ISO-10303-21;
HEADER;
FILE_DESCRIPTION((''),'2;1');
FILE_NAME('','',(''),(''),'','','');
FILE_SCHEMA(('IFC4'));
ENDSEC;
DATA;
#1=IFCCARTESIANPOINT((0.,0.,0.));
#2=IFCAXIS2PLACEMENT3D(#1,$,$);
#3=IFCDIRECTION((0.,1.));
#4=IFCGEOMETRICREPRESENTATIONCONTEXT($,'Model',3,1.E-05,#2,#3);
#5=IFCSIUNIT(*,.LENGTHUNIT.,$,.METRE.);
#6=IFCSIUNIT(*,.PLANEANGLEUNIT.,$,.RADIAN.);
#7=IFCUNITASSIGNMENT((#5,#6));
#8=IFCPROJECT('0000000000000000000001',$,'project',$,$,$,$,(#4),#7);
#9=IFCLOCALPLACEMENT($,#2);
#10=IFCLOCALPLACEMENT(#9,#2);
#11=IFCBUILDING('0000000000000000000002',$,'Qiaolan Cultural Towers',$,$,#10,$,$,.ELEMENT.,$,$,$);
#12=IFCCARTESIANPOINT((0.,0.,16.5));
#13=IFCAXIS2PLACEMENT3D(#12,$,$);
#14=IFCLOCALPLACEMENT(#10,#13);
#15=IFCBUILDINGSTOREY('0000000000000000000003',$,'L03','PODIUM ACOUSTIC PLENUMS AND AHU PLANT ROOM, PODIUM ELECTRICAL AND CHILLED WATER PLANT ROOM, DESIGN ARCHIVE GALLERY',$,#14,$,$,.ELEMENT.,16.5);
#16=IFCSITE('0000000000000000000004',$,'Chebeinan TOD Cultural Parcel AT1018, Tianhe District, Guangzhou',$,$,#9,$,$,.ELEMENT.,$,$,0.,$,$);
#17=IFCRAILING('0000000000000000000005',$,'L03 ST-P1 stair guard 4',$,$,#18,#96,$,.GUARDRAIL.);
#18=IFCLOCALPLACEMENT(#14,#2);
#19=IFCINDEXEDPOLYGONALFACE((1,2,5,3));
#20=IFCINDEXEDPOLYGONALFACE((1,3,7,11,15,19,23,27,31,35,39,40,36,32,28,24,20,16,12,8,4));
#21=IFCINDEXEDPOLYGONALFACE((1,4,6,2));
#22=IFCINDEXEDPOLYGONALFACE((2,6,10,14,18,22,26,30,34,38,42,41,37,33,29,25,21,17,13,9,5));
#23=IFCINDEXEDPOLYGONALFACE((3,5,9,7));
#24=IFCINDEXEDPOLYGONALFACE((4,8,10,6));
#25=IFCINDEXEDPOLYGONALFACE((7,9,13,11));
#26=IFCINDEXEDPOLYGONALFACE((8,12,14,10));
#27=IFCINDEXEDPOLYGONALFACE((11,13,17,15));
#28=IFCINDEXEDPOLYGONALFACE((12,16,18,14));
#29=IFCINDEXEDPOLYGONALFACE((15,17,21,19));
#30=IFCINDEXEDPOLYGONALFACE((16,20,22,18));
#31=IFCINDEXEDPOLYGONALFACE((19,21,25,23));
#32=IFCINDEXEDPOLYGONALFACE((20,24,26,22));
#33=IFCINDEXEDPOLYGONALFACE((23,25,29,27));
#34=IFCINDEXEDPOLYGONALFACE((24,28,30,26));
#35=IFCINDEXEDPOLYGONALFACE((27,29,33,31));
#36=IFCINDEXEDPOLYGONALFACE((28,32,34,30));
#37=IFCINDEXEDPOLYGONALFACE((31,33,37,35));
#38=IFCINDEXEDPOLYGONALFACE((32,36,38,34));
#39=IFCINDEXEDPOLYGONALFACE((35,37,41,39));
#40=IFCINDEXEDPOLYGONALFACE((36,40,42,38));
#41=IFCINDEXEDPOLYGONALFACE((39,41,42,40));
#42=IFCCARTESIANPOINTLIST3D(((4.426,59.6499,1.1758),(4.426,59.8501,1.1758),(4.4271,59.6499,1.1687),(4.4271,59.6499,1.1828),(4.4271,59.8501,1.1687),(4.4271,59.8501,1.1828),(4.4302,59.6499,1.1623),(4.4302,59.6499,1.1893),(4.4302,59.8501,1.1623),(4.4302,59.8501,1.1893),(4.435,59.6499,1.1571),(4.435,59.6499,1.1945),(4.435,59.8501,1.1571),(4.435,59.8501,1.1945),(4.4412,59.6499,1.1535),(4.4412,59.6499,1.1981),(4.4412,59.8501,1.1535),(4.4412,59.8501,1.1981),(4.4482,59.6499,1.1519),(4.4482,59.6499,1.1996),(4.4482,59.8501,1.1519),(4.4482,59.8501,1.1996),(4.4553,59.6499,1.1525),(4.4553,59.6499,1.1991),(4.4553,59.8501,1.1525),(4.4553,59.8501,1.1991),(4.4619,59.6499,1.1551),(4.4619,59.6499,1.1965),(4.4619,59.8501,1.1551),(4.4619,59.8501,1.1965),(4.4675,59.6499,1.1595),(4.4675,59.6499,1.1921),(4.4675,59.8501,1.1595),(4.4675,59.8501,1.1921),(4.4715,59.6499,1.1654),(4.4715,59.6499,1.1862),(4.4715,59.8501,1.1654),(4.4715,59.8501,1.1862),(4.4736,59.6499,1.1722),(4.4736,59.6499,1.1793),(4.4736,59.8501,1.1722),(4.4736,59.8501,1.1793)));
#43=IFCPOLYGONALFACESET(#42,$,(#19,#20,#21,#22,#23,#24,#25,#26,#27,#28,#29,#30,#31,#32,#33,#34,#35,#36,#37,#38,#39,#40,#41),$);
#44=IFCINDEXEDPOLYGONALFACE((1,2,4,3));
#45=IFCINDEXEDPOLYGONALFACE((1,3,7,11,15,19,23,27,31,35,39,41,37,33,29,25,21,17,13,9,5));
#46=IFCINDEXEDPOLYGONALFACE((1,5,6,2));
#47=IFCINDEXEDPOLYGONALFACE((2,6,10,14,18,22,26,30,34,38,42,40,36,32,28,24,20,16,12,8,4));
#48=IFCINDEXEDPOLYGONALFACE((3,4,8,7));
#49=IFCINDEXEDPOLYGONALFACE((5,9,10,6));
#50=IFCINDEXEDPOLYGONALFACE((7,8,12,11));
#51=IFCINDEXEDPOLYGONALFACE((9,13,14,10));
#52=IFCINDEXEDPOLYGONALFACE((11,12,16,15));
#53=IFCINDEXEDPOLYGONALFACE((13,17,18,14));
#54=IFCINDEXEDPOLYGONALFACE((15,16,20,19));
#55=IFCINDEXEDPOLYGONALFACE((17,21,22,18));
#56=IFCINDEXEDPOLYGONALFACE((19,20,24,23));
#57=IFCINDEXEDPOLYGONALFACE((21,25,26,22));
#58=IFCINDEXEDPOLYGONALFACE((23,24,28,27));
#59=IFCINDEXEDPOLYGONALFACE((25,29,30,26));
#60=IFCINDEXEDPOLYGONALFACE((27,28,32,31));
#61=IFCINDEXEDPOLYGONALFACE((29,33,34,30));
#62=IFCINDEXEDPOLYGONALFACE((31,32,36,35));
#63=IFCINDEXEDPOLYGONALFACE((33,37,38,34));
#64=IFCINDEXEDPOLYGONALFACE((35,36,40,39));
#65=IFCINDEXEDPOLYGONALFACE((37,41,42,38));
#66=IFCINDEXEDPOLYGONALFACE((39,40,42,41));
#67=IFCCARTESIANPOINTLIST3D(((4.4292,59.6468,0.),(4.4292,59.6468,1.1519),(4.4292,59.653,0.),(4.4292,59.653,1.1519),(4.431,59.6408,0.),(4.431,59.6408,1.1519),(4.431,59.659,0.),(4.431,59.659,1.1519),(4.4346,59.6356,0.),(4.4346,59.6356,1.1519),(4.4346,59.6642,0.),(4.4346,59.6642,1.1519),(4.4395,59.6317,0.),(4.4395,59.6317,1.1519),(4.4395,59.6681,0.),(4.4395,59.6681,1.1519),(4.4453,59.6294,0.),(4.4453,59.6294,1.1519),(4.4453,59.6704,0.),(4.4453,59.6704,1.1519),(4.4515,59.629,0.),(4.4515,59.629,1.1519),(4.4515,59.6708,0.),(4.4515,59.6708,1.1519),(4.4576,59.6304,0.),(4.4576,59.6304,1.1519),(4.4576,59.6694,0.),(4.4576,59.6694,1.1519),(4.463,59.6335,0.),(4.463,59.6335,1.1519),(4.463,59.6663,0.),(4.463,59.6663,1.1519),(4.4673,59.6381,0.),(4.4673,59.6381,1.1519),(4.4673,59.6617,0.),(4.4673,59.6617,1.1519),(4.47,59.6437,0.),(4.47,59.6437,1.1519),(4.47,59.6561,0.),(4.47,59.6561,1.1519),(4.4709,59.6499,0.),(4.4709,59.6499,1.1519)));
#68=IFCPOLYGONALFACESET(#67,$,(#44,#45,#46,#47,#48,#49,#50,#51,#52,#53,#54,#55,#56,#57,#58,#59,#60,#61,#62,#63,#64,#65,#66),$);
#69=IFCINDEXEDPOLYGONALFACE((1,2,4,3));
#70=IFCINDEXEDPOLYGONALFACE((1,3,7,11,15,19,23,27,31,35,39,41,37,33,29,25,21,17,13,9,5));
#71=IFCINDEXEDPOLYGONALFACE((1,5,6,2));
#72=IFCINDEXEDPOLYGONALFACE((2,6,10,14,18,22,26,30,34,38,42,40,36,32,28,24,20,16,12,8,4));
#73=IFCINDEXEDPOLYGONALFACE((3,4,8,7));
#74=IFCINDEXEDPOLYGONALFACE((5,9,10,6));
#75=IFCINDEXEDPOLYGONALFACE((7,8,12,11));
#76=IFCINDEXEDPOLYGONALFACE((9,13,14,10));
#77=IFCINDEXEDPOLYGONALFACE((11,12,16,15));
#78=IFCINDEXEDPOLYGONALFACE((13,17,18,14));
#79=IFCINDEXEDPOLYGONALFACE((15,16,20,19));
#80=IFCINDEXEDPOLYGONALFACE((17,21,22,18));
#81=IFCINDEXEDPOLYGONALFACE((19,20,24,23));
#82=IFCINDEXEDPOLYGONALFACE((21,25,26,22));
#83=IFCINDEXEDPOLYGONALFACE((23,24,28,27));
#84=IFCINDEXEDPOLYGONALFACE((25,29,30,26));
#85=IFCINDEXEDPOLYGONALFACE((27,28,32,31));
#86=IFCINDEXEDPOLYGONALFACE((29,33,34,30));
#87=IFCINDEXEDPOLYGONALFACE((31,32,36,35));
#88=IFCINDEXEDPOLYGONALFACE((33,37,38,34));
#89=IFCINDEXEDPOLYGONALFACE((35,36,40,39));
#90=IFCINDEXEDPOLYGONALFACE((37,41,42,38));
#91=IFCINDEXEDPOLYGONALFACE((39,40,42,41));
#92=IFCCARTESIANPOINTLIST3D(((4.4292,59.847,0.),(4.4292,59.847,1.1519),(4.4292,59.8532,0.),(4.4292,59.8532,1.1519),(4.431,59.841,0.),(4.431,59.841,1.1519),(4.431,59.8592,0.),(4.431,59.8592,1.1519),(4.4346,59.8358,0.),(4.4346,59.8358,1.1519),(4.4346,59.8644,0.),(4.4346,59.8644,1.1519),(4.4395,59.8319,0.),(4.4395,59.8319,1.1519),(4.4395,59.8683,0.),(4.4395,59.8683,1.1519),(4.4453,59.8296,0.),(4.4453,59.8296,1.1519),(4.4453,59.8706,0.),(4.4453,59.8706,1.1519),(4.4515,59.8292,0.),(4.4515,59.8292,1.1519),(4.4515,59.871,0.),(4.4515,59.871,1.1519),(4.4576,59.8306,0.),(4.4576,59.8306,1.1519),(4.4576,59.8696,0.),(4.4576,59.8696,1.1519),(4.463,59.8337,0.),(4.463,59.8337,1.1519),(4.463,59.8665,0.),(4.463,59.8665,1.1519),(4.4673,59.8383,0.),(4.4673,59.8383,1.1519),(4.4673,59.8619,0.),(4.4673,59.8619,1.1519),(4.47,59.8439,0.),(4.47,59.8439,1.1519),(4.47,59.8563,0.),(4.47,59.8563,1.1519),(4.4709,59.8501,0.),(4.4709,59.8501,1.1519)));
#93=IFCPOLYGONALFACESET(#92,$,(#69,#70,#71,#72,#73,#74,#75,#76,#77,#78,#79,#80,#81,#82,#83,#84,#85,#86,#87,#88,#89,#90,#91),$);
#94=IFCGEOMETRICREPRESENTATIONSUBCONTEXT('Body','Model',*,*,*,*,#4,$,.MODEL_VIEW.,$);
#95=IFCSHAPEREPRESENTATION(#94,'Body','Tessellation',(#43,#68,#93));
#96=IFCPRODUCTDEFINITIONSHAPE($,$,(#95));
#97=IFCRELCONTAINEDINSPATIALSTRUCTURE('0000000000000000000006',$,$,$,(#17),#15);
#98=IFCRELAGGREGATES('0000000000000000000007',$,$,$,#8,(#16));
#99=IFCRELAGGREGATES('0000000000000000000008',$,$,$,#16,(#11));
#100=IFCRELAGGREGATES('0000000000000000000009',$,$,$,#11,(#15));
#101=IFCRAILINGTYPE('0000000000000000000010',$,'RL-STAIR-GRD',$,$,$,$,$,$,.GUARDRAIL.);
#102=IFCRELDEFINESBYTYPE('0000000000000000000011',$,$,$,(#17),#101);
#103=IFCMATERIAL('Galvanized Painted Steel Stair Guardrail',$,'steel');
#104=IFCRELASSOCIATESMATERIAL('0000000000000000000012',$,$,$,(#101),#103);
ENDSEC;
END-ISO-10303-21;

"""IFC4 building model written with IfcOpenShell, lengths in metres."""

from ifc_helpers import new_model, si_unit, direction, frame, origin, origin_2d, place, context, subcontext, project, spatial, circle, extrude, material, type_object, element, save


model = new_model("IFC4")

# Units and contexts
model_context = context("Model", 3, precision=1e-05, world=origin(), true_north=direction((0.0, 1.0)))
body_context = subcontext(model_context, "Body", "Model", "MODEL_VIEW")
ifc_project = project(units=[si_unit("LENGTHUNIT", "METRE"), si_unit("PLANEANGLEUNIT", "RADIAN")], contexts=[model_context])

# Site, building, storey
site_placement = place(None, origin())
site = spatial("IfcSite", under=ifc_project, at=site_placement, Name="Chebeinan TOD Cultural Parcel AT1018, Tianhe District, Guangzhou", CompositionType="ELEMENT", RefElevation=0.0)
building_placement = place(site_placement, origin())
building = spatial("IfcBuilding", under=site, at=building_placement, Name="Qiaolan Cultural Towers", CompositionType="ELEMENT")
storey_placement = place(building_placement, frame((0.0, 0.0, 16.5)))
storey = spatial("IfcBuildingStorey", under=building, at=storey_placement, Name="L03", Description="PODIUM ACOUSTIC PLENUMS AND AHU PLANT ROOM, PODIUM ELECTRICAL AND CHILLED WATER PLANT ROOM, DESIGN ARCHIVE GALLERY", CompositionType="ELEMENT", Elevation=16.5)

# Railing
ifc_material_1 = material(Name="Galvanized Painted Steel Stair Guardrail", Category="steel")
railing_type_1 = type_object("IfcRailingType", Name="RL-STAIR-GRD", PredefinedType="GUARDRAIL", material=ifc_material_1)
railing_1_placement = place(storey_placement, frame((4.45, 59.6499, 0.0)))
element("IfcRailing", 1, at=railing_1_placement, inside=storey, type_object=railing_type_1, Name="L03 ST-P1 stair guard 4", PredefinedType="GUARDRAIL", context=body_context, shape_type="SweptSolid", body=[
    extrude(circle(Radius=0.0239, at=origin_2d()), frame((0.0, 0.0, 1.1758), z_axis=(0.0, 1.0, 0.0), x_axis=(-1.0, 0.0, 0.0)), (0.0, 0.0, 1.0), 0.2002),
    extrude(circle(Radius=0.021, at=origin_2d()), origin(), (0.0, 0.0, 1.0), 1.1519),
    extrude(circle(Radius=0.021, at=origin_2d()), frame((0.0, 0.2002, 0.0)), (0.0, 0.0, 1.0), 1.1519),
])

save(model, "model.ifc")
